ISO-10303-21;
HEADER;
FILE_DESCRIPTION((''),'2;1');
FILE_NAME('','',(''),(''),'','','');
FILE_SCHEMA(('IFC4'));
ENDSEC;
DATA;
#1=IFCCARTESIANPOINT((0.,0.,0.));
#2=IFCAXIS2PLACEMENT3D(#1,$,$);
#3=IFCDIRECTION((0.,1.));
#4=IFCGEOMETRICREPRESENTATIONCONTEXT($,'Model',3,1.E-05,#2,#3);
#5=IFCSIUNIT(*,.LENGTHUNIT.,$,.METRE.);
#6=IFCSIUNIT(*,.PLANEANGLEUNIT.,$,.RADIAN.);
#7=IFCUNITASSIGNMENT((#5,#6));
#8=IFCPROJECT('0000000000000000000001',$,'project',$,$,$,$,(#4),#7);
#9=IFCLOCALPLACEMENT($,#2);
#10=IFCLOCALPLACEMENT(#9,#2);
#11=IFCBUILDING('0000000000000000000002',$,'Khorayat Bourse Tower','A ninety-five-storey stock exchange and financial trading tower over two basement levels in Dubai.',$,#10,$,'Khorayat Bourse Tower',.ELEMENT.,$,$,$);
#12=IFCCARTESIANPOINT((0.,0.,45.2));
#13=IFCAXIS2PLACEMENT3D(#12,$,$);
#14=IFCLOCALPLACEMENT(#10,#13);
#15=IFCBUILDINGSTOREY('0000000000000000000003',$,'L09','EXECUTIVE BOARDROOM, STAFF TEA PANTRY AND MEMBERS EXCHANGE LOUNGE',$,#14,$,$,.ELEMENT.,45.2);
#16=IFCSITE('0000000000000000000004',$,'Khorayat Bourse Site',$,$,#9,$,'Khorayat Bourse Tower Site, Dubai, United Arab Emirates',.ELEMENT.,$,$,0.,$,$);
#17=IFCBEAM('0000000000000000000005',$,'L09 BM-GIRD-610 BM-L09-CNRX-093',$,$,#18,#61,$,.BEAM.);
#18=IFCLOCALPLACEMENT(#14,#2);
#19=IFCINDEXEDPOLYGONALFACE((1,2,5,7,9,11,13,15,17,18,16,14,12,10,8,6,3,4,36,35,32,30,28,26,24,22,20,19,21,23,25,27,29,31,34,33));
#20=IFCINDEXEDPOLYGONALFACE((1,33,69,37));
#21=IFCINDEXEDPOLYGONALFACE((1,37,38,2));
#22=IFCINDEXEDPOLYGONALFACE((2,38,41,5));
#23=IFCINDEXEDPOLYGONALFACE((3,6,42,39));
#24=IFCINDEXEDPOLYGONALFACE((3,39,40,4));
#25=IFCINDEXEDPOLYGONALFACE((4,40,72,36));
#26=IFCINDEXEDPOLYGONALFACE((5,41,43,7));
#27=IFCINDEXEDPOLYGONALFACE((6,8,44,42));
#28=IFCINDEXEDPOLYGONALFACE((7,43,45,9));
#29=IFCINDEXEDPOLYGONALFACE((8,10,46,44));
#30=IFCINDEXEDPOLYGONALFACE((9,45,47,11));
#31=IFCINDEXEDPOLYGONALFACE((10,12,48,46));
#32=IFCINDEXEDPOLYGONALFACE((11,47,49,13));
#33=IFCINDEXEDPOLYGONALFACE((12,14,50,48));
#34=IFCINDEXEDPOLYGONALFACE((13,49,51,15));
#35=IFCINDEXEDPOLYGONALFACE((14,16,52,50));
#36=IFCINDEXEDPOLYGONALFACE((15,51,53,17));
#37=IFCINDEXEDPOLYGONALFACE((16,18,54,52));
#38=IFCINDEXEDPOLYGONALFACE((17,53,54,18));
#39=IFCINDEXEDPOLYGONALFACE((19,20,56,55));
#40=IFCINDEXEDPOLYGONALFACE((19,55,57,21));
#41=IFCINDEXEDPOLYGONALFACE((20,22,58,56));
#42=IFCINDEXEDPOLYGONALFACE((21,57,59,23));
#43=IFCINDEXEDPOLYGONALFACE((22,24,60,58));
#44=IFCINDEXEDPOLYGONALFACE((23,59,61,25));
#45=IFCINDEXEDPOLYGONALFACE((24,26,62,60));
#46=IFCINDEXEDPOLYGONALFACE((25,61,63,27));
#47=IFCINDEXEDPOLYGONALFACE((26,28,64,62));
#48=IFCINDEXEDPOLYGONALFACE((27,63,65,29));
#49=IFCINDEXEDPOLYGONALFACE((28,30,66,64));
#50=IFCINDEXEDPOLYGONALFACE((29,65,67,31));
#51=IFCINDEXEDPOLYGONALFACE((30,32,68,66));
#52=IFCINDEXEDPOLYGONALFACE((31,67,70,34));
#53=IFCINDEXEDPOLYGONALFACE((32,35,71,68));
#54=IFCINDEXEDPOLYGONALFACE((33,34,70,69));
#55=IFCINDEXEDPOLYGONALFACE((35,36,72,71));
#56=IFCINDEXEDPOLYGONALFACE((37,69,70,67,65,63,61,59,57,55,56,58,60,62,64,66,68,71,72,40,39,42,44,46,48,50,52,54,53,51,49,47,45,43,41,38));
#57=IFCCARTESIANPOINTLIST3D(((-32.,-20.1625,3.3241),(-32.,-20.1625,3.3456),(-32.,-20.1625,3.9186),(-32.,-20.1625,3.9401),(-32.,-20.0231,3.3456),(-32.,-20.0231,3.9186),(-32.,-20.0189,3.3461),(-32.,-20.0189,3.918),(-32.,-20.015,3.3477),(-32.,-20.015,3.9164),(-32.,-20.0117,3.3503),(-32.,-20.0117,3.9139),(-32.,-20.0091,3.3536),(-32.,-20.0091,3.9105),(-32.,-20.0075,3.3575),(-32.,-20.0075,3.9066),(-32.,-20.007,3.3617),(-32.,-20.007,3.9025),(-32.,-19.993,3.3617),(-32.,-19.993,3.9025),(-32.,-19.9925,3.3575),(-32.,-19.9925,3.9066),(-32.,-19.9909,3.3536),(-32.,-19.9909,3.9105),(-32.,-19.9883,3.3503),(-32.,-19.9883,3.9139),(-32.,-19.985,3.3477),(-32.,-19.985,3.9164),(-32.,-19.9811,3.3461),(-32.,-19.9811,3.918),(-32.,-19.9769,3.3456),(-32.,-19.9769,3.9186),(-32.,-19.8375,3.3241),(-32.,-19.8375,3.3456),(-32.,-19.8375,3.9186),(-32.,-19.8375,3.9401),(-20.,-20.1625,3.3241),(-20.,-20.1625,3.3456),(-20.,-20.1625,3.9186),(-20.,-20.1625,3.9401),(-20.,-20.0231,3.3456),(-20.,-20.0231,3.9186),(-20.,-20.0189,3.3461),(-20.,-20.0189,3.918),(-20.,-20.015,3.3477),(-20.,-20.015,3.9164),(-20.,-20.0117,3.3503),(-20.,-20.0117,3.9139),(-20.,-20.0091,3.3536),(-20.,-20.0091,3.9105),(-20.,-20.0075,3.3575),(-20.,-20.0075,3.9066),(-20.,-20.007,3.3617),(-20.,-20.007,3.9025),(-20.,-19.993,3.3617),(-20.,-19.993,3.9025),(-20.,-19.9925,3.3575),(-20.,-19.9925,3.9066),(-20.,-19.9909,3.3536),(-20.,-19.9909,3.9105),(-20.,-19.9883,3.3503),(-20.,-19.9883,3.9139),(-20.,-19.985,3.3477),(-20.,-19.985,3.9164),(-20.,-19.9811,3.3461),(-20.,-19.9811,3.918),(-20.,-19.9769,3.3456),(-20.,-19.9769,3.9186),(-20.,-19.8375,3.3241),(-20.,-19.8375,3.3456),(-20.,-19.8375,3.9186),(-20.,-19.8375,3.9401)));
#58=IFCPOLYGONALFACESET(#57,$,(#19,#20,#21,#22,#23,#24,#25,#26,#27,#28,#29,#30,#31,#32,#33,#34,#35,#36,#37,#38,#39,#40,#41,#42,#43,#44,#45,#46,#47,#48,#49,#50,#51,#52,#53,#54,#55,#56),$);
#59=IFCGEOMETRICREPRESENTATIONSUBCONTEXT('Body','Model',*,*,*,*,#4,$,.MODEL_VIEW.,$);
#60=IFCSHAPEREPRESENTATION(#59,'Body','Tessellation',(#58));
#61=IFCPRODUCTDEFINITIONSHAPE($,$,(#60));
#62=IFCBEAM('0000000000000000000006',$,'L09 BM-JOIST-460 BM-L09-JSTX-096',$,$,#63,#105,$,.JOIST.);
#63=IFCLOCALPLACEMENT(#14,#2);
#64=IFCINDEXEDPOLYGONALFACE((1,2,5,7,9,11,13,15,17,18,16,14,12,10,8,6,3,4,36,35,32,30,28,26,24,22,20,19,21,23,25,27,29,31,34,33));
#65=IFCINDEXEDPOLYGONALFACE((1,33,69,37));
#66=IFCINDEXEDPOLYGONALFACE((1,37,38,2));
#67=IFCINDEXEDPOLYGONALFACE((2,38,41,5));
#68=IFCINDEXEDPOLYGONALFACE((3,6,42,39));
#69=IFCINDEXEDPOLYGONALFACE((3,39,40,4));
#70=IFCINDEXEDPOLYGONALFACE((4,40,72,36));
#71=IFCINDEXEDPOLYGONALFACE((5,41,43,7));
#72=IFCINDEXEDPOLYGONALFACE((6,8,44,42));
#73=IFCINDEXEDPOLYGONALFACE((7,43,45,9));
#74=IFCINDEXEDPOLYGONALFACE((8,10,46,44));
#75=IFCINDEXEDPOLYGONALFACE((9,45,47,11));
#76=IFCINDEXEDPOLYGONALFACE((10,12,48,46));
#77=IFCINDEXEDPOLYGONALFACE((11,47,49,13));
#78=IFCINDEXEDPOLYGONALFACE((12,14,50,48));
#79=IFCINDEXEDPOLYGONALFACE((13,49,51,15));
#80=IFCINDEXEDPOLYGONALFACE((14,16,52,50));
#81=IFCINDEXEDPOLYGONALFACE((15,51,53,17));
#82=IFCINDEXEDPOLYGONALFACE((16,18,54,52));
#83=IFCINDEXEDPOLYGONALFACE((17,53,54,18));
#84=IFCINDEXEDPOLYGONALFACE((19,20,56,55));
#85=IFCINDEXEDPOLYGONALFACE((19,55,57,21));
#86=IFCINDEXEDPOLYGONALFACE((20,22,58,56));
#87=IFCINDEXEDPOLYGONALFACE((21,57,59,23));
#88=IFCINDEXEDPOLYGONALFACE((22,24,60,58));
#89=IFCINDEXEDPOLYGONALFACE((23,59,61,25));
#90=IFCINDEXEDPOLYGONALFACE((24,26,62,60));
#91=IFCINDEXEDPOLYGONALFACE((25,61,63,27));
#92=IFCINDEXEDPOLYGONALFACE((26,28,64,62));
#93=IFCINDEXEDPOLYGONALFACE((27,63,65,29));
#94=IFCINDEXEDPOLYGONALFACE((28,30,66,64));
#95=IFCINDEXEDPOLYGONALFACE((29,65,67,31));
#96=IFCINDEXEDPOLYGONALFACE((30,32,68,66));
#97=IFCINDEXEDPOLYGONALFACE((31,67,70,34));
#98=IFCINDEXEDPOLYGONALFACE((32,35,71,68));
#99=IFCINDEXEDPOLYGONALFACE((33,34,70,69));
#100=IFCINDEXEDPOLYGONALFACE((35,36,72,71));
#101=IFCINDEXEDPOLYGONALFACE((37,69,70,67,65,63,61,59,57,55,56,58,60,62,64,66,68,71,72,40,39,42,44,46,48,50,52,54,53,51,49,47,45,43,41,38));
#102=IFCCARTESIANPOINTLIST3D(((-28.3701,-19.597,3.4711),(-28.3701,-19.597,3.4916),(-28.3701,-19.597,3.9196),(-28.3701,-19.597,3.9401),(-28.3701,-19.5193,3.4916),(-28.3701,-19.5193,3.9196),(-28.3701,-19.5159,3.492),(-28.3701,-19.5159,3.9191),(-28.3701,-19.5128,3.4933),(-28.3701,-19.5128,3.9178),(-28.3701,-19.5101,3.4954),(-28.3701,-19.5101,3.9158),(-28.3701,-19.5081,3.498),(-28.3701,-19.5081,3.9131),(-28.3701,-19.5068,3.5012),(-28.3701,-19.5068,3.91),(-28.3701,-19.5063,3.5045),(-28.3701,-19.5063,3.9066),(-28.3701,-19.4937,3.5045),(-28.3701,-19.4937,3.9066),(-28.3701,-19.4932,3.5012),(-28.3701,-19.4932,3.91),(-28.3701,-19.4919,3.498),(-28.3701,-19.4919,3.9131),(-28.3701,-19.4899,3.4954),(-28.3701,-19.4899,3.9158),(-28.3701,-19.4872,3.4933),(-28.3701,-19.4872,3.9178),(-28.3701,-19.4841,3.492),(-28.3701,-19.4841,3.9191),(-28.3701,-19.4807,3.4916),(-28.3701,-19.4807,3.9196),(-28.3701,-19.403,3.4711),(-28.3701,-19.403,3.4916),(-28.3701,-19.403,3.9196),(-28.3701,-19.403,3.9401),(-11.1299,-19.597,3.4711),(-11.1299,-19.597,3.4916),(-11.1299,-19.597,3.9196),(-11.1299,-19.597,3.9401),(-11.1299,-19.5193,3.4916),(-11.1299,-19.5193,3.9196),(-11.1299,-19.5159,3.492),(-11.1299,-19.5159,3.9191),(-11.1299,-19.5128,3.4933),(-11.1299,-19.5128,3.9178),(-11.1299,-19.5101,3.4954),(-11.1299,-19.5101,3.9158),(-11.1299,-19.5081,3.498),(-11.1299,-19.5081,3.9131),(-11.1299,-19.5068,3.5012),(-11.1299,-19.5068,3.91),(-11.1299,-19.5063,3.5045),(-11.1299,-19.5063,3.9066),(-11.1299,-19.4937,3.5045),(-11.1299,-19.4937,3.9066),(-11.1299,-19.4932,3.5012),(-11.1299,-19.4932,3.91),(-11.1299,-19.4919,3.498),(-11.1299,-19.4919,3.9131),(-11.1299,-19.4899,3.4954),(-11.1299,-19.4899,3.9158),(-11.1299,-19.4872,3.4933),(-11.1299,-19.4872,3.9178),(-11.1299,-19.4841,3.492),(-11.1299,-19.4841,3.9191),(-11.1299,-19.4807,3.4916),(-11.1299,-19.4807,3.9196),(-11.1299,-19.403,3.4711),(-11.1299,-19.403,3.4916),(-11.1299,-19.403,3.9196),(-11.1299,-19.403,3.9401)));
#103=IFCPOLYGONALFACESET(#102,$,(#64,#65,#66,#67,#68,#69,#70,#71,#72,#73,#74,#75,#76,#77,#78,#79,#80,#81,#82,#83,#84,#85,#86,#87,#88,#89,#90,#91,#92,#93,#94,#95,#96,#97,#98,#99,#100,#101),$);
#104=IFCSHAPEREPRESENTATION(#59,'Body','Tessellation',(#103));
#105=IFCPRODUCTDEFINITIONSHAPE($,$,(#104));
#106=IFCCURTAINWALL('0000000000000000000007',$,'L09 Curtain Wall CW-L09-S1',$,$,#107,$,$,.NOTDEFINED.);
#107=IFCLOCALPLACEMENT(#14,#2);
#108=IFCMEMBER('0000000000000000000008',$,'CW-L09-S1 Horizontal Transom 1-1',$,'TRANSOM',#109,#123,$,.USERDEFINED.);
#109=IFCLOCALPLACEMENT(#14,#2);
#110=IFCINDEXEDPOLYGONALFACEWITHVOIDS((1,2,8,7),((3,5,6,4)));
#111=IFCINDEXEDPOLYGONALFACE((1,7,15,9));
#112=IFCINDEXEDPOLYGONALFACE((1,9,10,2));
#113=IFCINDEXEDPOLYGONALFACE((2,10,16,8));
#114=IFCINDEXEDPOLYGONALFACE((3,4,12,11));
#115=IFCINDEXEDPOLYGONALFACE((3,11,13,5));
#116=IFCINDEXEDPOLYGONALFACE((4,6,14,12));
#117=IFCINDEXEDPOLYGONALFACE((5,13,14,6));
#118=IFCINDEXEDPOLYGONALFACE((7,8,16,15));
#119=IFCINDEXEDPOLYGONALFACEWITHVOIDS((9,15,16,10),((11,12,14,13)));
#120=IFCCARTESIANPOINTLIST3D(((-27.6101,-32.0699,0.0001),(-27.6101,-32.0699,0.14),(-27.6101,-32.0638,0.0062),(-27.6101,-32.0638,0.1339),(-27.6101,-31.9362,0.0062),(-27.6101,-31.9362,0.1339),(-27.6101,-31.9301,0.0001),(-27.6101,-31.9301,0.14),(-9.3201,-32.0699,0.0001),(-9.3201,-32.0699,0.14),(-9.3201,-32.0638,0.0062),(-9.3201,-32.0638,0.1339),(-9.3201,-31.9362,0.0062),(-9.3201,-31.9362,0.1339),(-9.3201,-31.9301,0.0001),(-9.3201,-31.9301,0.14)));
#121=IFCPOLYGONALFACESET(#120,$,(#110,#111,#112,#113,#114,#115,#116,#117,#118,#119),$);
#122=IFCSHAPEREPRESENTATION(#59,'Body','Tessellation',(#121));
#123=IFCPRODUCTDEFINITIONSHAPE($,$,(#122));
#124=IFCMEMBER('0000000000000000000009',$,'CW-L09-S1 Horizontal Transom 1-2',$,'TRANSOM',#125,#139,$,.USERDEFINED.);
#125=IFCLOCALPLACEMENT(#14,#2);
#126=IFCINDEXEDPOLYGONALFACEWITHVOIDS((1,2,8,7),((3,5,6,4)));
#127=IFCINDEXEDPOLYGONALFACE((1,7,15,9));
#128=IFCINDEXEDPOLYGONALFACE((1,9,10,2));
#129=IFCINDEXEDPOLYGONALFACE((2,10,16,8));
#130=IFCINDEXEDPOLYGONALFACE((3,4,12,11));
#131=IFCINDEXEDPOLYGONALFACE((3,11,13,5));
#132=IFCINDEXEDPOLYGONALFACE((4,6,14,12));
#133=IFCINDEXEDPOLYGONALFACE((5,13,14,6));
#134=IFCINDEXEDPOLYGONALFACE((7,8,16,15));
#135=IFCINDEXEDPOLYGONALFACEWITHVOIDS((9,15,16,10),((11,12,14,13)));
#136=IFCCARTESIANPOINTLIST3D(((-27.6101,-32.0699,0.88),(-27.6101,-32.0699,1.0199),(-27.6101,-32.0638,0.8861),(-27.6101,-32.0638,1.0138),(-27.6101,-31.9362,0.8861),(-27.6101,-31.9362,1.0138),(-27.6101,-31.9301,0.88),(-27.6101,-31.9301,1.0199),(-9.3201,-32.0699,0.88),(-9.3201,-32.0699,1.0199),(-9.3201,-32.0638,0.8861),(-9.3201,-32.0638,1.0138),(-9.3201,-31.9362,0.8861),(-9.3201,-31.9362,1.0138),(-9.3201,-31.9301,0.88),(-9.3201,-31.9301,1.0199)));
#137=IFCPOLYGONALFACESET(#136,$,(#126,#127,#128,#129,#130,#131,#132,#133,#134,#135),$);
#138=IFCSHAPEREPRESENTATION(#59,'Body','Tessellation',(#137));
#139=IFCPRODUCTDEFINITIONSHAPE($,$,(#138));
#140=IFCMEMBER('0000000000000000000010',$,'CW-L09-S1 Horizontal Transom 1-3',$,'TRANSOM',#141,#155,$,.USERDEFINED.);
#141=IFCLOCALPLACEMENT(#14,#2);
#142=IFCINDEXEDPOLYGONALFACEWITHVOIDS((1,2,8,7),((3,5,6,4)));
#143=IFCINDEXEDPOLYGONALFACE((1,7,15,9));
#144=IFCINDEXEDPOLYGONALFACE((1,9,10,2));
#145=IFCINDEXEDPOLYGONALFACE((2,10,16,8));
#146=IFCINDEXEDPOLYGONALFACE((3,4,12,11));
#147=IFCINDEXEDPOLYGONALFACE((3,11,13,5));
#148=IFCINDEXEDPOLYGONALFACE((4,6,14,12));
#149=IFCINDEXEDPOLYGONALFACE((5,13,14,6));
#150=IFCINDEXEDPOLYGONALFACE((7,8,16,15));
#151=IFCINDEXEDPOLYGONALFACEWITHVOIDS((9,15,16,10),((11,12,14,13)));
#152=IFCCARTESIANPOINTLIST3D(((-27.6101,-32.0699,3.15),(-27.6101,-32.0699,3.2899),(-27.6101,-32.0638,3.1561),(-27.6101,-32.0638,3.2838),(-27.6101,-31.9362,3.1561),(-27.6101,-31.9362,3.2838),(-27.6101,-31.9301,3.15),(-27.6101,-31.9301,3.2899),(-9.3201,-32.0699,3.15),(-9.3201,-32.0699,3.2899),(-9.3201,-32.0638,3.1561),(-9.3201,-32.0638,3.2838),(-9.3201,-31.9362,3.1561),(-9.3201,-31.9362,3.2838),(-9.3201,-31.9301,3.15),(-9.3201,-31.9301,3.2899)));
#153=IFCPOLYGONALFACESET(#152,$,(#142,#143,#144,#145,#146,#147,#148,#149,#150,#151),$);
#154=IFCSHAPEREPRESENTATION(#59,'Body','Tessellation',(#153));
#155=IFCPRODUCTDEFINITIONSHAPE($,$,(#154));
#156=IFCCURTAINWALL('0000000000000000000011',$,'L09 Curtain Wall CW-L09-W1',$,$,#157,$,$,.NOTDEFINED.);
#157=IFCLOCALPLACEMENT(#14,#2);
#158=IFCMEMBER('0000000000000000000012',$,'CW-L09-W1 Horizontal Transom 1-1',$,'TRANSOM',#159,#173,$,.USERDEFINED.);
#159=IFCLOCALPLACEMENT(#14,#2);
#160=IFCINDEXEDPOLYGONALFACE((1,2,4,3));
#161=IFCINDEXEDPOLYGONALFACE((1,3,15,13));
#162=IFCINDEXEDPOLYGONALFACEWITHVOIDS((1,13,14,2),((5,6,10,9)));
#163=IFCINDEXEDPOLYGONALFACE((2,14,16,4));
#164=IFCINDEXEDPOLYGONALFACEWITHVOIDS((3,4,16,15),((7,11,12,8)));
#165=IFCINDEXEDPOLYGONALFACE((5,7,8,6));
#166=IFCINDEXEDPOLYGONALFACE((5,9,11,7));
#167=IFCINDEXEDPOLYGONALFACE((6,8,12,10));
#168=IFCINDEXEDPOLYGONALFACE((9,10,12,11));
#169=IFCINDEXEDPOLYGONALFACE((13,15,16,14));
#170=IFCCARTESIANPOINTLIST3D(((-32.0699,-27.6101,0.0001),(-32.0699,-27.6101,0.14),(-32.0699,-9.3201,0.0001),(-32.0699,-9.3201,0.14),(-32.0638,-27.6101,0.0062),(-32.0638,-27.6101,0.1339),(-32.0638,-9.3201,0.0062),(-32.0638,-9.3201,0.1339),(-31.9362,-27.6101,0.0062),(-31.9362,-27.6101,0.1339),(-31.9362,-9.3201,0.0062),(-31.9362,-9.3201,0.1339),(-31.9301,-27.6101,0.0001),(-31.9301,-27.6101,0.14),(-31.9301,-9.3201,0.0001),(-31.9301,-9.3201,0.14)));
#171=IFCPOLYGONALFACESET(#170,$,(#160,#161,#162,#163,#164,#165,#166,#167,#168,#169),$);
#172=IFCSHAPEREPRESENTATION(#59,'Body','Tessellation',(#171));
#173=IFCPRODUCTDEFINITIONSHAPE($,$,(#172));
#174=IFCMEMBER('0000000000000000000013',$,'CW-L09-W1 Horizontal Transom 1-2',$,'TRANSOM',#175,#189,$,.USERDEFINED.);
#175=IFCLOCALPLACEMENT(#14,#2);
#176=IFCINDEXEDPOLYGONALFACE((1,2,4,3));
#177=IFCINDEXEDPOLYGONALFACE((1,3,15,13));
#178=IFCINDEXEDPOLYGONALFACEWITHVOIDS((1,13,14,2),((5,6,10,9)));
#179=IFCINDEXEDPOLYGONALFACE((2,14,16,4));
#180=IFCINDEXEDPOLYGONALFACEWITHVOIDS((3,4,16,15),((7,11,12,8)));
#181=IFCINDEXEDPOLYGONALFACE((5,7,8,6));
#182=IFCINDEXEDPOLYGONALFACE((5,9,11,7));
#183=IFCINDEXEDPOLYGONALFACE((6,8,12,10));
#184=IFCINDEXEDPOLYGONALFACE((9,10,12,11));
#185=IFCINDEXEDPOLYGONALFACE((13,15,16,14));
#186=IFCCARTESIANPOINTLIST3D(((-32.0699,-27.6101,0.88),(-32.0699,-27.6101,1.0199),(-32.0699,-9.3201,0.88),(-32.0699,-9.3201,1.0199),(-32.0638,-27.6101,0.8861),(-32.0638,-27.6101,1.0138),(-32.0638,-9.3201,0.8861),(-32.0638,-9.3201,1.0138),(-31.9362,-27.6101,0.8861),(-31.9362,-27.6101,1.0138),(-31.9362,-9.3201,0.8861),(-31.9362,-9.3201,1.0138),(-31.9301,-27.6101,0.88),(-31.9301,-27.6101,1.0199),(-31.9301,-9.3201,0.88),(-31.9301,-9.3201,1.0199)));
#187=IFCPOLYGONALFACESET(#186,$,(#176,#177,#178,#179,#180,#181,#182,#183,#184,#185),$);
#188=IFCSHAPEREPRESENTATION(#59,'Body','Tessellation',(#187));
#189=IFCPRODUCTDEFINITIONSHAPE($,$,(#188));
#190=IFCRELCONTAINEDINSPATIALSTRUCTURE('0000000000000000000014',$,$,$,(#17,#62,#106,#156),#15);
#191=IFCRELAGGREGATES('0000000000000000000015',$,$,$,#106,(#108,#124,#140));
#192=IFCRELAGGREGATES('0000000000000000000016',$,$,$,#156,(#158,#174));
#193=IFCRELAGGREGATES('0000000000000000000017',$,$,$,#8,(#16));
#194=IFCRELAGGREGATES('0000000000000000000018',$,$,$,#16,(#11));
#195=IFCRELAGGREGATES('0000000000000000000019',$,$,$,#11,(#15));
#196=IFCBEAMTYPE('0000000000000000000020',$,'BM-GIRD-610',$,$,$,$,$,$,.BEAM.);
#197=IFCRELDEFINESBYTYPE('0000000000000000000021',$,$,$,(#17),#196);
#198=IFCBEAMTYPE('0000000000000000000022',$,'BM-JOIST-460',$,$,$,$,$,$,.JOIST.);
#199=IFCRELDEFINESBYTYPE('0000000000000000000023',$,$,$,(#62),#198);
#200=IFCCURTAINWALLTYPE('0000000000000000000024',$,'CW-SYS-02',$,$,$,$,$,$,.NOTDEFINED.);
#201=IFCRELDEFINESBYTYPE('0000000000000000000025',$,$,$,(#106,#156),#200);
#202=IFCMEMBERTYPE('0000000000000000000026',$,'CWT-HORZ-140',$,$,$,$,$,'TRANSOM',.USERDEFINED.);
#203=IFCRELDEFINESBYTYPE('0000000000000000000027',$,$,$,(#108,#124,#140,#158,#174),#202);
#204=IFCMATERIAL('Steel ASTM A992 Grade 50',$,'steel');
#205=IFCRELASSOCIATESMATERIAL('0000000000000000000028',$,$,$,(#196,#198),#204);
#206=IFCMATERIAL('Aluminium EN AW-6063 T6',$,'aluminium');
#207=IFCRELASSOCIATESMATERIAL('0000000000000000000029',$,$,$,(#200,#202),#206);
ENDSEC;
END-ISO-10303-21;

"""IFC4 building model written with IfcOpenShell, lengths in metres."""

from ifc_helpers import new_model, si_unit, direction, frame, origin, origin_2d, place, context, subcontext, project, spatial, hollow_rectangle, i_section, extrude, source, transform, mapped, material, material_profile, profile_set, type_object, element, aggregate, save


model = new_model("IFC4")

# Units and contexts
model_context = context("Model", 3, precision=1e-05, world=origin(), true_north=direction((0.0, 1.0)))
body_context = subcontext(model_context, "Body", "Model", "MODEL_VIEW")
ifc_project = project(units=[si_unit("LENGTHUNIT", "METRE"), si_unit("PLANEANGLEUNIT", "RADIAN")], contexts=[model_context])

# Site, building, storey
site_placement = place(None, origin())
site = spatial("IfcSite", under=ifc_project, at=site_placement, Name="Khorayat Bourse Site", LongName="Khorayat Bourse Tower Site, Dubai, United Arab Emirates", CompositionType="ELEMENT", RefElevation=0.0)
building_placement = place(site_placement, origin())
building = spatial("IfcBuilding", under=site, at=building_placement, Name="Khorayat Bourse Tower", Description="A ninety-five-storey stock exchange and financial trading tower over two basement levels in Dubai.", LongName="Khorayat Bourse Tower", CompositionType="ELEMENT")
storey_placement = place(building_placement, frame((0.0, 0.0, 45.2)))
storey = spatial("IfcBuildingStorey", under=building, at=storey_placement, Name="L09", Description="EXECUTIVE BOARDROOM, STAFF TEA PANTRY AND MEMBERS EXCHANGE LOUNGE", CompositionType="ELEMENT", Elevation=45.2)

# Beams
ifc_material_1 = material(Name="Steel ASTM A992 Grade 50", Category="steel")
ifc_material_profile_1 = material_profile(ifc_material_1, i_section(OverallWidth=0.325, OverallDepth=0.616, WebThickness=0.0139, FlangeThickness=0.0215, FilletRadius=0.0161, at=origin_2d()), Name="W610X174")
ifc_profile_set_1 = profile_set([ifc_material_profile_1], Name="Steel ASTM A992 Grade 50")
beam_type_1 = type_object("IfcBeamType", Name="BM-GIRD-610", PredefinedType="BEAM", material=ifc_profile_set_1)
shared_shape_1 = source(origin(), body_context, "Body", "SweptSolid", [
    extrude(i_section(OverallWidth=0.325, OverallDepth=0.616, WebThickness=0.0139, FlangeThickness=0.0215, FilletRadius=0.0161, at=origin_2d()), origin(), (0.0, 0.0, 1.0), 12.0),
])
beam_1_placement = place(storey_placement, frame((-32.0, -20.0, 3.6321), z_axis=(1.0, 0.0, 0.0), x_axis=(0.0, 1.0, 0.0)))
element("IfcBeam", 1, at=beam_1_placement, inside=storey, type_object=beam_type_1, Name="L09 BM-GIRD-610 BM-L09-CNRX-093", PredefinedType="BEAM", context=body_context, shape_type="MappedRepresentation", body=[
    mapped(shared_shape_1, transform((0.0, 0.0, 0.0), scale=1.0)),
])
ifc_material_profile_2 = material_profile(ifc_material_1, i_section(OverallWidth=0.1941, OverallDepth=0.469, WebThickness=0.0127, FlangeThickness=0.0205, FilletRadius=0.0129, at=origin_2d()), Name="W460X106")
ifc_profile_set_2 = profile_set([ifc_material_profile_2], Name="Steel ASTM A992 Grade 50")
beam_type_2 = type_object("IfcBeamType", Name="BM-JOIST-460", PredefinedType="JOIST", material=ifc_profile_set_2)
shared_shape_2 = source(origin(), body_context, "Body", "SweptSolid", [
    extrude(i_section(OverallWidth=0.1941, OverallDepth=0.469, WebThickness=0.0127, FlangeThickness=0.0205, FilletRadius=0.0129, at=origin_2d()), origin(), (0.0, 0.0, 1.0), 17.2402),
])
beam_2_placement = place(storey_placement, frame((-28.3701, -19.5, 3.7056), z_axis=(1.0, 0.0, 0.0), x_axis=(0.0, 1.0, 0.0)))
element("IfcBeam", 2, at=beam_2_placement, inside=storey, type_object=beam_type_2, Name="L09 BM-JOIST-460 BM-L09-JSTX-096", PredefinedType="JOIST", context=body_context, shape_type="MappedRepresentation", body=[
    mapped(shared_shape_2, transform((0.0, 0.0, 0.0), scale=1.0)),
])

# Curtain walls, members
ifc_material_2 = material(Name="Aluminium EN AW-6063 T6", Category="aluminium")
curtain_wall_type = type_object("IfcCurtainWallType", Name="CW-SYS-02", PredefinedType="NOTDEFINED", material=ifc_material_2)
curtain_wall_1_placement = place(storey_placement, origin())
curtain_wall_1 = element("IfcCurtainWall", 3, at=curtain_wall_1_placement, inside=storey, type_object=curtain_wall_type, Name="L09 Curtain Wall CW-L09-S1", PredefinedType="NOTDEFINED")
ifc_material_profile_3 = material_profile(ifc_material_2, hollow_rectangle(XDim=0.1399, YDim=0.1399, WallThickness=0.0061, at=origin_2d()), Name="ALU 140x140x6")
ifc_profile_set_3 = profile_set([ifc_material_profile_3], Name="Aluminium EN AW-6063 T6")
member_type_1 = type_object("IfcMemberType", Name="CWT-HORZ-140", ElementType="TRANSOM", PredefinedType="USERDEFINED", material=ifc_profile_set_3)
shared_shape_3 = source(origin(), body_context, "Body", "SweptSolid", [
    extrude(hollow_rectangle(XDim=0.1399, YDim=0.1399, WallThickness=0.0061, at=origin_2d()), origin(), (0.0, 0.0, 1.0), 18.29),
])
member_1_placement = place(storey_placement, frame((-27.6101, -32.0, 0.0701), z_axis=(1.0, 0.0, 0.0), x_axis=(0.0, 1.0, 0.0)))
member_1 = element("IfcMember", 4, at=member_1_placement, type_object=member_type_1, Name="CW-L09-S1 Horizontal Transom 1-1", ObjectType="TRANSOM", PredefinedType="USERDEFINED", context=body_context, shape_type="MappedRepresentation", body=[
    mapped(shared_shape_3, transform((0.0, 0.0, 0.0), scale=1.0)),
])
member_2_placement = place(storey_placement, frame((-27.6101, -32.0, 0.95), z_axis=(1.0, 0.0, 0.0), x_axis=(0.0, 1.0, 0.0)))
member_2 = element("IfcMember", 5, at=member_2_placement, type_object=member_type_1, Name="CW-L09-S1 Horizontal Transom 1-2", ObjectType="TRANSOM", PredefinedType="USERDEFINED", context=body_context, shape_type="MappedRepresentation", body=[
    mapped(shared_shape_3, transform((0.0, 0.0, 0.0), scale=1.0)),
])
member_3_placement = place(storey_placement, frame((-27.6101, -32.0, 3.22), z_axis=(1.0, 0.0, 0.0), x_axis=(0.0, 1.0, 0.0)))
member_3 = element("IfcMember", 6, at=member_3_placement, type_object=member_type_1, Name="CW-L09-S1 Horizontal Transom 1-3", ObjectType="TRANSOM", PredefinedType="USERDEFINED", context=body_context, shape_type="MappedRepresentation", body=[
    mapped(shared_shape_3, transform((0.0, 0.0, 0.0), scale=1.0)),
])
curtain_wall_2_placement = place(storey_placement, origin())
curtain_wall_2 = element("IfcCurtainWall", 7, at=curtain_wall_2_placement, inside=storey, type_object=curtain_wall_type, Name="L09 Curtain Wall CW-L09-W1", PredefinedType="NOTDEFINED")
member_4_placement = place(storey_placement, frame((-32.0, -27.6101, 0.0701), z_axis=(0.0, 1.0, 0.0), x_axis=(-1.0, 0.0, 0.0)))
member_4 = element("IfcMember", 8, at=member_4_placement, type_object=member_type_1, Name="CW-L09-W1 Horizontal Transom 1-1", ObjectType="TRANSOM", PredefinedType="USERDEFINED", context=body_context, shape_type="MappedRepresentation", body=[
    mapped(shared_shape_3, transform((0.0, 0.0, 0.0), scale=1.0)),
])
member_5_placement = place(storey_placement, frame((-32.0, -27.6101, 0.95), z_axis=(0.0, 1.0, 0.0), x_axis=(-1.0, 0.0, 0.0)))
member_5 = element("IfcMember", 9, at=member_5_placement, type_object=member_type_1, Name="CW-L09-W1 Horizontal Transom 1-2", ObjectType="TRANSOM", PredefinedType="USERDEFINED", context=body_context, shape_type="MappedRepresentation", body=[
    mapped(shared_shape_3, transform((0.0, 0.0, 0.0), scale=1.0)),
])

aggregate(curtain_wall_1, [member_1, member_2, member_3])
aggregate(curtain_wall_2, [member_4, member_5])

save(model, "model.ifc")
